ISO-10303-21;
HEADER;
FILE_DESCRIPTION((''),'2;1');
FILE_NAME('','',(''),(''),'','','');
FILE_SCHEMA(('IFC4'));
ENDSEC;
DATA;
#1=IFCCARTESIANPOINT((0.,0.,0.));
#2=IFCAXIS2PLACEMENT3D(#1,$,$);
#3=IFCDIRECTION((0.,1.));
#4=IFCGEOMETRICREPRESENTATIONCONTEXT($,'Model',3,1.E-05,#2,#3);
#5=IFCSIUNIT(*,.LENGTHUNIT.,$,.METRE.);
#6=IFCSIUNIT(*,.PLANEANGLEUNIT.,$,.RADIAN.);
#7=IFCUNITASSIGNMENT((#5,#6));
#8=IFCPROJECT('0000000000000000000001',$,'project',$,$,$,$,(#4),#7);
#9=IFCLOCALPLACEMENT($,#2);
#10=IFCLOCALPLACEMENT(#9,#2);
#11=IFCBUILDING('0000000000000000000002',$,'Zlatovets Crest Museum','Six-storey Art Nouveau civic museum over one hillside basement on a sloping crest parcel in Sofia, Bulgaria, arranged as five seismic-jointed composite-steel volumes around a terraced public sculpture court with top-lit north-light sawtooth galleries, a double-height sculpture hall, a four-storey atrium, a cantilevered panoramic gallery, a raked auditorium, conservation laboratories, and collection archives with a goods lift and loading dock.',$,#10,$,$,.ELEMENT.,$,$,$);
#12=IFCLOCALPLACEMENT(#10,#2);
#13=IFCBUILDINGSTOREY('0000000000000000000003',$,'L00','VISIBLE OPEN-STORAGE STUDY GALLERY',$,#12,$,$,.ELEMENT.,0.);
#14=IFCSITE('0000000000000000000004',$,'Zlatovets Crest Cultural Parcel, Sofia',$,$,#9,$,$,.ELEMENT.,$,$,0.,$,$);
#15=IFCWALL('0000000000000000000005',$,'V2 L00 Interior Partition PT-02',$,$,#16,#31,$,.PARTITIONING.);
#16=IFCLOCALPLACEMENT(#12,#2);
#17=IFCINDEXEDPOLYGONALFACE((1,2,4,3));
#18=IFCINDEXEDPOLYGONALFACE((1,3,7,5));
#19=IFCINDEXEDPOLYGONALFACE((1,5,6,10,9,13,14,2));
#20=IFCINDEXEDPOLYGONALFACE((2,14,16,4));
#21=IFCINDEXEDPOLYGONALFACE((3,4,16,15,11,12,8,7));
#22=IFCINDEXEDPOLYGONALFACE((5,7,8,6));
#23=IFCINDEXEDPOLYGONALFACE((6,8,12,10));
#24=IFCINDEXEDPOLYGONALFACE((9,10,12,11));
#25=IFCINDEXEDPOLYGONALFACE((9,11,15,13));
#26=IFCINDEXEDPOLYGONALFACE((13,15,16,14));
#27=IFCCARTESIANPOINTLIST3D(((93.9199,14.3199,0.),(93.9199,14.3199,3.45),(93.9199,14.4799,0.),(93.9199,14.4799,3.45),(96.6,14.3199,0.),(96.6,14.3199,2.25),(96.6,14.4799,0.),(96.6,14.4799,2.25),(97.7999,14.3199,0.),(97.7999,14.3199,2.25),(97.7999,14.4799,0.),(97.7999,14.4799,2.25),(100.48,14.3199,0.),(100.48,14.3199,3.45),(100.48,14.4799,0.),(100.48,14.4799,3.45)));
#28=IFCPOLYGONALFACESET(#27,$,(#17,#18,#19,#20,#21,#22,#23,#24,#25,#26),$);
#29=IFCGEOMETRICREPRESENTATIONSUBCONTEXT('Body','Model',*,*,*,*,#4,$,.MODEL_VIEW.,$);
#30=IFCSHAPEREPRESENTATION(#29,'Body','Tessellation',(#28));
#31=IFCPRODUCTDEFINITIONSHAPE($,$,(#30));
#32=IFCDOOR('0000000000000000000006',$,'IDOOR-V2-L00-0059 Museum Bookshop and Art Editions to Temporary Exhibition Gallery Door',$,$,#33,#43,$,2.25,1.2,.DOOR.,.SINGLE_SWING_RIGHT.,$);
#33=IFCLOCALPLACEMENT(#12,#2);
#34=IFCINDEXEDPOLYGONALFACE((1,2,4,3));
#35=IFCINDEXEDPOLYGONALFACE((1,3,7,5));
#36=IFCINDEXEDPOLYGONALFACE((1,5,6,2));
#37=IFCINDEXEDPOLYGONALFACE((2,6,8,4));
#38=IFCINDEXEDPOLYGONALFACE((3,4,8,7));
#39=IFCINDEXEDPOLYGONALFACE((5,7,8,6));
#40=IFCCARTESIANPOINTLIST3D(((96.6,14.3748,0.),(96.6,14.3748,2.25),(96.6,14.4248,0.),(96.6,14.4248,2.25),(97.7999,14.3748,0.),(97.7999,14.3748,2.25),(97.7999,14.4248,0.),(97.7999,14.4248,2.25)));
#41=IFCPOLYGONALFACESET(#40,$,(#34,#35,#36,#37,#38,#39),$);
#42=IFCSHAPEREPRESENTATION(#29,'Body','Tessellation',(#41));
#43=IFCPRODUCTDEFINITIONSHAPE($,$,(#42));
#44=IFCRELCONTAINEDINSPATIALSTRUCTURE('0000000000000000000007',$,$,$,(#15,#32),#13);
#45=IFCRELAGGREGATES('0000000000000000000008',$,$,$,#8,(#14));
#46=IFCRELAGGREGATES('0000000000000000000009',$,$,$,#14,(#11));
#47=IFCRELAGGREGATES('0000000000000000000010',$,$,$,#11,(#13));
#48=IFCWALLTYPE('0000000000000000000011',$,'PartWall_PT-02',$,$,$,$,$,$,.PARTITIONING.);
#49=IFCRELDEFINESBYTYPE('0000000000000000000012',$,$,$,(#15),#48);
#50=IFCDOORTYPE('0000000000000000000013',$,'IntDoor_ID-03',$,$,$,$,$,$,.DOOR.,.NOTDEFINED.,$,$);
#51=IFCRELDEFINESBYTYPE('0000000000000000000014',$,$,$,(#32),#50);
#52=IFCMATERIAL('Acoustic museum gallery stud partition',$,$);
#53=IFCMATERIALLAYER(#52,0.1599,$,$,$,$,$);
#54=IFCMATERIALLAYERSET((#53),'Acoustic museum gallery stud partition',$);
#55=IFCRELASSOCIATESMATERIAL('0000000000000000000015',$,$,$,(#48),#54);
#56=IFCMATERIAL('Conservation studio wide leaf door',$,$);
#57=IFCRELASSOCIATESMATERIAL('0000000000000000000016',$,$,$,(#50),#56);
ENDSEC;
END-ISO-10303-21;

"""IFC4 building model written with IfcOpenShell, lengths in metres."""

from ifc_helpers import new_model, si_unit, direction, frame, frame_2d, origin, place, context, subcontext, project, spatial, rectangle, extrude, material, layer, layer_set, type_object, element, fill, save


model = new_model("IFC4")

# Units and contexts
model_context = context("Model", 3, precision=1e-05, world=origin(), true_north=direction((0.0, 1.0)))
body_context = subcontext(model_context, "Body", "Model", "MODEL_VIEW")
ifc_project = project(units=[si_unit("LENGTHUNIT", "METRE"), si_unit("PLANEANGLEUNIT", "RADIAN")], contexts=[model_context])

# Site, building, storey
site_placement = place(None, origin())
site = spatial("IfcSite", under=ifc_project, at=site_placement, Name="Zlatovets Crest Cultural Parcel, Sofia", CompositionType="ELEMENT", RefElevation=0.0)
building_placement = place(site_placement, origin())
building = spatial("IfcBuilding", under=site, at=building_placement, Name="Zlatovets Crest Museum", Description="Six-storey Art Nouveau civic museum over one hillside basement on a sloping crest parcel in Sofia, Bulgaria, arranged as five seismic-jointed composite-steel volumes around a terraced public sculpture court with top-lit north-light sawtooth galleries, a double-height sculpture hall, a four-storey atrium, a cantilevered panoramic gallery, a raked auditorium, conservation laboratories, and collection archives with a goods lift and loading dock.", CompositionType="ELEMENT")
storey_placement = place(building_placement, origin())
storey = spatial("IfcBuildingStorey", under=building, at=storey_placement, Name="L00", Description="VISIBLE OPEN-STORAGE STUDY GALLERY", CompositionType="ELEMENT", Elevation=0.0)

# Wall, opening, door
ifc_material_1 = material(Name="Acoustic museum gallery stud partition")
ifc_layer_1 = layer(ifc_material_1, 0.1599)
ifc_layer_set_1 = layer_set([ifc_layer_1], Name="Acoustic museum gallery stud partition")
wall_type_1 = type_object("IfcWallType", Name="PartWall_PT-02", PredefinedType="PARTITIONING", material=ifc_layer_set_1)
wall_1_placement = place(storey_placement, frame((93.9199, 14.3999, 0.0), z_axis=(0.0, 0.0, 1.0), x_axis=(1.0, 0.0, 0.0)))
wall_1 = element("IfcWall", 1, at=wall_1_placement, inside=storey, type_object=wall_type_1, Name="V2 L00 Interior Partition PT-02", PredefinedType="PARTITIONING", context=body_context, shape_type="SweptSolid", body=[
    extrude(rectangle(XDim=6.5601, YDim=0.1599, at=frame_2d((3.28, 0.0))), origin(), (0.0, 0.0, 1.0), 3.45),
])
opening_1_placement = place(wall_1_placement, frame((2.6799, 0.0, 0.0)))
opening_1 = element("IfcOpeningElement", 2, at=opening_1_placement, cuts=wall_1, PredefinedType="OPENING", context=body_context, shape_type="SweptSolid", body=[
    extrude(rectangle(XDim=1.2, YDim=2.25, at=frame_2d((0.6001, 1.125))), frame((0.0, 0.0898, 0.0), z_axis=(0.0, -1.0, 0.0), x_axis=(1.0, 0.0, 0.0)), (0.0, 0.0, 1.0), 0.1799),
])
ifc_material_2 = material(Name="Conservation studio wide leaf door")
door_type_1 = type_object("IfcDoorType", Name="IntDoor_ID-03", OperationType="NOTDEFINED", PredefinedType="DOOR", material=ifc_material_2)
door_1_placement = place(opening_1_placement, origin())
door_1 = element("IfcDoor", 3, at=door_1_placement, inside=storey, type_object=door_type_1, Name="IDOOR-V2-L00-0059 Museum Bookshop and Art Editions to Temporary Exhibition Gallery Door", OperationType="SINGLE_SWING_RIGHT", OverallHeight=2.25, OverallWidth=1.2, PredefinedType="DOOR", context=body_context, shape_type="SweptSolid", body=[
    extrude(rectangle(XDim=1.2, YDim=2.25, at=frame_2d((0.6001, 1.125))), frame((0.0, 0.0249, 0.0), z_axis=(0.0, -1.0, 0.0), x_axis=(1.0, 0.0, 0.0)), (0.0, 0.0, 1.0), 0.05),
])
fill(opening_1, door_1)

save(model, "model.ifc")
